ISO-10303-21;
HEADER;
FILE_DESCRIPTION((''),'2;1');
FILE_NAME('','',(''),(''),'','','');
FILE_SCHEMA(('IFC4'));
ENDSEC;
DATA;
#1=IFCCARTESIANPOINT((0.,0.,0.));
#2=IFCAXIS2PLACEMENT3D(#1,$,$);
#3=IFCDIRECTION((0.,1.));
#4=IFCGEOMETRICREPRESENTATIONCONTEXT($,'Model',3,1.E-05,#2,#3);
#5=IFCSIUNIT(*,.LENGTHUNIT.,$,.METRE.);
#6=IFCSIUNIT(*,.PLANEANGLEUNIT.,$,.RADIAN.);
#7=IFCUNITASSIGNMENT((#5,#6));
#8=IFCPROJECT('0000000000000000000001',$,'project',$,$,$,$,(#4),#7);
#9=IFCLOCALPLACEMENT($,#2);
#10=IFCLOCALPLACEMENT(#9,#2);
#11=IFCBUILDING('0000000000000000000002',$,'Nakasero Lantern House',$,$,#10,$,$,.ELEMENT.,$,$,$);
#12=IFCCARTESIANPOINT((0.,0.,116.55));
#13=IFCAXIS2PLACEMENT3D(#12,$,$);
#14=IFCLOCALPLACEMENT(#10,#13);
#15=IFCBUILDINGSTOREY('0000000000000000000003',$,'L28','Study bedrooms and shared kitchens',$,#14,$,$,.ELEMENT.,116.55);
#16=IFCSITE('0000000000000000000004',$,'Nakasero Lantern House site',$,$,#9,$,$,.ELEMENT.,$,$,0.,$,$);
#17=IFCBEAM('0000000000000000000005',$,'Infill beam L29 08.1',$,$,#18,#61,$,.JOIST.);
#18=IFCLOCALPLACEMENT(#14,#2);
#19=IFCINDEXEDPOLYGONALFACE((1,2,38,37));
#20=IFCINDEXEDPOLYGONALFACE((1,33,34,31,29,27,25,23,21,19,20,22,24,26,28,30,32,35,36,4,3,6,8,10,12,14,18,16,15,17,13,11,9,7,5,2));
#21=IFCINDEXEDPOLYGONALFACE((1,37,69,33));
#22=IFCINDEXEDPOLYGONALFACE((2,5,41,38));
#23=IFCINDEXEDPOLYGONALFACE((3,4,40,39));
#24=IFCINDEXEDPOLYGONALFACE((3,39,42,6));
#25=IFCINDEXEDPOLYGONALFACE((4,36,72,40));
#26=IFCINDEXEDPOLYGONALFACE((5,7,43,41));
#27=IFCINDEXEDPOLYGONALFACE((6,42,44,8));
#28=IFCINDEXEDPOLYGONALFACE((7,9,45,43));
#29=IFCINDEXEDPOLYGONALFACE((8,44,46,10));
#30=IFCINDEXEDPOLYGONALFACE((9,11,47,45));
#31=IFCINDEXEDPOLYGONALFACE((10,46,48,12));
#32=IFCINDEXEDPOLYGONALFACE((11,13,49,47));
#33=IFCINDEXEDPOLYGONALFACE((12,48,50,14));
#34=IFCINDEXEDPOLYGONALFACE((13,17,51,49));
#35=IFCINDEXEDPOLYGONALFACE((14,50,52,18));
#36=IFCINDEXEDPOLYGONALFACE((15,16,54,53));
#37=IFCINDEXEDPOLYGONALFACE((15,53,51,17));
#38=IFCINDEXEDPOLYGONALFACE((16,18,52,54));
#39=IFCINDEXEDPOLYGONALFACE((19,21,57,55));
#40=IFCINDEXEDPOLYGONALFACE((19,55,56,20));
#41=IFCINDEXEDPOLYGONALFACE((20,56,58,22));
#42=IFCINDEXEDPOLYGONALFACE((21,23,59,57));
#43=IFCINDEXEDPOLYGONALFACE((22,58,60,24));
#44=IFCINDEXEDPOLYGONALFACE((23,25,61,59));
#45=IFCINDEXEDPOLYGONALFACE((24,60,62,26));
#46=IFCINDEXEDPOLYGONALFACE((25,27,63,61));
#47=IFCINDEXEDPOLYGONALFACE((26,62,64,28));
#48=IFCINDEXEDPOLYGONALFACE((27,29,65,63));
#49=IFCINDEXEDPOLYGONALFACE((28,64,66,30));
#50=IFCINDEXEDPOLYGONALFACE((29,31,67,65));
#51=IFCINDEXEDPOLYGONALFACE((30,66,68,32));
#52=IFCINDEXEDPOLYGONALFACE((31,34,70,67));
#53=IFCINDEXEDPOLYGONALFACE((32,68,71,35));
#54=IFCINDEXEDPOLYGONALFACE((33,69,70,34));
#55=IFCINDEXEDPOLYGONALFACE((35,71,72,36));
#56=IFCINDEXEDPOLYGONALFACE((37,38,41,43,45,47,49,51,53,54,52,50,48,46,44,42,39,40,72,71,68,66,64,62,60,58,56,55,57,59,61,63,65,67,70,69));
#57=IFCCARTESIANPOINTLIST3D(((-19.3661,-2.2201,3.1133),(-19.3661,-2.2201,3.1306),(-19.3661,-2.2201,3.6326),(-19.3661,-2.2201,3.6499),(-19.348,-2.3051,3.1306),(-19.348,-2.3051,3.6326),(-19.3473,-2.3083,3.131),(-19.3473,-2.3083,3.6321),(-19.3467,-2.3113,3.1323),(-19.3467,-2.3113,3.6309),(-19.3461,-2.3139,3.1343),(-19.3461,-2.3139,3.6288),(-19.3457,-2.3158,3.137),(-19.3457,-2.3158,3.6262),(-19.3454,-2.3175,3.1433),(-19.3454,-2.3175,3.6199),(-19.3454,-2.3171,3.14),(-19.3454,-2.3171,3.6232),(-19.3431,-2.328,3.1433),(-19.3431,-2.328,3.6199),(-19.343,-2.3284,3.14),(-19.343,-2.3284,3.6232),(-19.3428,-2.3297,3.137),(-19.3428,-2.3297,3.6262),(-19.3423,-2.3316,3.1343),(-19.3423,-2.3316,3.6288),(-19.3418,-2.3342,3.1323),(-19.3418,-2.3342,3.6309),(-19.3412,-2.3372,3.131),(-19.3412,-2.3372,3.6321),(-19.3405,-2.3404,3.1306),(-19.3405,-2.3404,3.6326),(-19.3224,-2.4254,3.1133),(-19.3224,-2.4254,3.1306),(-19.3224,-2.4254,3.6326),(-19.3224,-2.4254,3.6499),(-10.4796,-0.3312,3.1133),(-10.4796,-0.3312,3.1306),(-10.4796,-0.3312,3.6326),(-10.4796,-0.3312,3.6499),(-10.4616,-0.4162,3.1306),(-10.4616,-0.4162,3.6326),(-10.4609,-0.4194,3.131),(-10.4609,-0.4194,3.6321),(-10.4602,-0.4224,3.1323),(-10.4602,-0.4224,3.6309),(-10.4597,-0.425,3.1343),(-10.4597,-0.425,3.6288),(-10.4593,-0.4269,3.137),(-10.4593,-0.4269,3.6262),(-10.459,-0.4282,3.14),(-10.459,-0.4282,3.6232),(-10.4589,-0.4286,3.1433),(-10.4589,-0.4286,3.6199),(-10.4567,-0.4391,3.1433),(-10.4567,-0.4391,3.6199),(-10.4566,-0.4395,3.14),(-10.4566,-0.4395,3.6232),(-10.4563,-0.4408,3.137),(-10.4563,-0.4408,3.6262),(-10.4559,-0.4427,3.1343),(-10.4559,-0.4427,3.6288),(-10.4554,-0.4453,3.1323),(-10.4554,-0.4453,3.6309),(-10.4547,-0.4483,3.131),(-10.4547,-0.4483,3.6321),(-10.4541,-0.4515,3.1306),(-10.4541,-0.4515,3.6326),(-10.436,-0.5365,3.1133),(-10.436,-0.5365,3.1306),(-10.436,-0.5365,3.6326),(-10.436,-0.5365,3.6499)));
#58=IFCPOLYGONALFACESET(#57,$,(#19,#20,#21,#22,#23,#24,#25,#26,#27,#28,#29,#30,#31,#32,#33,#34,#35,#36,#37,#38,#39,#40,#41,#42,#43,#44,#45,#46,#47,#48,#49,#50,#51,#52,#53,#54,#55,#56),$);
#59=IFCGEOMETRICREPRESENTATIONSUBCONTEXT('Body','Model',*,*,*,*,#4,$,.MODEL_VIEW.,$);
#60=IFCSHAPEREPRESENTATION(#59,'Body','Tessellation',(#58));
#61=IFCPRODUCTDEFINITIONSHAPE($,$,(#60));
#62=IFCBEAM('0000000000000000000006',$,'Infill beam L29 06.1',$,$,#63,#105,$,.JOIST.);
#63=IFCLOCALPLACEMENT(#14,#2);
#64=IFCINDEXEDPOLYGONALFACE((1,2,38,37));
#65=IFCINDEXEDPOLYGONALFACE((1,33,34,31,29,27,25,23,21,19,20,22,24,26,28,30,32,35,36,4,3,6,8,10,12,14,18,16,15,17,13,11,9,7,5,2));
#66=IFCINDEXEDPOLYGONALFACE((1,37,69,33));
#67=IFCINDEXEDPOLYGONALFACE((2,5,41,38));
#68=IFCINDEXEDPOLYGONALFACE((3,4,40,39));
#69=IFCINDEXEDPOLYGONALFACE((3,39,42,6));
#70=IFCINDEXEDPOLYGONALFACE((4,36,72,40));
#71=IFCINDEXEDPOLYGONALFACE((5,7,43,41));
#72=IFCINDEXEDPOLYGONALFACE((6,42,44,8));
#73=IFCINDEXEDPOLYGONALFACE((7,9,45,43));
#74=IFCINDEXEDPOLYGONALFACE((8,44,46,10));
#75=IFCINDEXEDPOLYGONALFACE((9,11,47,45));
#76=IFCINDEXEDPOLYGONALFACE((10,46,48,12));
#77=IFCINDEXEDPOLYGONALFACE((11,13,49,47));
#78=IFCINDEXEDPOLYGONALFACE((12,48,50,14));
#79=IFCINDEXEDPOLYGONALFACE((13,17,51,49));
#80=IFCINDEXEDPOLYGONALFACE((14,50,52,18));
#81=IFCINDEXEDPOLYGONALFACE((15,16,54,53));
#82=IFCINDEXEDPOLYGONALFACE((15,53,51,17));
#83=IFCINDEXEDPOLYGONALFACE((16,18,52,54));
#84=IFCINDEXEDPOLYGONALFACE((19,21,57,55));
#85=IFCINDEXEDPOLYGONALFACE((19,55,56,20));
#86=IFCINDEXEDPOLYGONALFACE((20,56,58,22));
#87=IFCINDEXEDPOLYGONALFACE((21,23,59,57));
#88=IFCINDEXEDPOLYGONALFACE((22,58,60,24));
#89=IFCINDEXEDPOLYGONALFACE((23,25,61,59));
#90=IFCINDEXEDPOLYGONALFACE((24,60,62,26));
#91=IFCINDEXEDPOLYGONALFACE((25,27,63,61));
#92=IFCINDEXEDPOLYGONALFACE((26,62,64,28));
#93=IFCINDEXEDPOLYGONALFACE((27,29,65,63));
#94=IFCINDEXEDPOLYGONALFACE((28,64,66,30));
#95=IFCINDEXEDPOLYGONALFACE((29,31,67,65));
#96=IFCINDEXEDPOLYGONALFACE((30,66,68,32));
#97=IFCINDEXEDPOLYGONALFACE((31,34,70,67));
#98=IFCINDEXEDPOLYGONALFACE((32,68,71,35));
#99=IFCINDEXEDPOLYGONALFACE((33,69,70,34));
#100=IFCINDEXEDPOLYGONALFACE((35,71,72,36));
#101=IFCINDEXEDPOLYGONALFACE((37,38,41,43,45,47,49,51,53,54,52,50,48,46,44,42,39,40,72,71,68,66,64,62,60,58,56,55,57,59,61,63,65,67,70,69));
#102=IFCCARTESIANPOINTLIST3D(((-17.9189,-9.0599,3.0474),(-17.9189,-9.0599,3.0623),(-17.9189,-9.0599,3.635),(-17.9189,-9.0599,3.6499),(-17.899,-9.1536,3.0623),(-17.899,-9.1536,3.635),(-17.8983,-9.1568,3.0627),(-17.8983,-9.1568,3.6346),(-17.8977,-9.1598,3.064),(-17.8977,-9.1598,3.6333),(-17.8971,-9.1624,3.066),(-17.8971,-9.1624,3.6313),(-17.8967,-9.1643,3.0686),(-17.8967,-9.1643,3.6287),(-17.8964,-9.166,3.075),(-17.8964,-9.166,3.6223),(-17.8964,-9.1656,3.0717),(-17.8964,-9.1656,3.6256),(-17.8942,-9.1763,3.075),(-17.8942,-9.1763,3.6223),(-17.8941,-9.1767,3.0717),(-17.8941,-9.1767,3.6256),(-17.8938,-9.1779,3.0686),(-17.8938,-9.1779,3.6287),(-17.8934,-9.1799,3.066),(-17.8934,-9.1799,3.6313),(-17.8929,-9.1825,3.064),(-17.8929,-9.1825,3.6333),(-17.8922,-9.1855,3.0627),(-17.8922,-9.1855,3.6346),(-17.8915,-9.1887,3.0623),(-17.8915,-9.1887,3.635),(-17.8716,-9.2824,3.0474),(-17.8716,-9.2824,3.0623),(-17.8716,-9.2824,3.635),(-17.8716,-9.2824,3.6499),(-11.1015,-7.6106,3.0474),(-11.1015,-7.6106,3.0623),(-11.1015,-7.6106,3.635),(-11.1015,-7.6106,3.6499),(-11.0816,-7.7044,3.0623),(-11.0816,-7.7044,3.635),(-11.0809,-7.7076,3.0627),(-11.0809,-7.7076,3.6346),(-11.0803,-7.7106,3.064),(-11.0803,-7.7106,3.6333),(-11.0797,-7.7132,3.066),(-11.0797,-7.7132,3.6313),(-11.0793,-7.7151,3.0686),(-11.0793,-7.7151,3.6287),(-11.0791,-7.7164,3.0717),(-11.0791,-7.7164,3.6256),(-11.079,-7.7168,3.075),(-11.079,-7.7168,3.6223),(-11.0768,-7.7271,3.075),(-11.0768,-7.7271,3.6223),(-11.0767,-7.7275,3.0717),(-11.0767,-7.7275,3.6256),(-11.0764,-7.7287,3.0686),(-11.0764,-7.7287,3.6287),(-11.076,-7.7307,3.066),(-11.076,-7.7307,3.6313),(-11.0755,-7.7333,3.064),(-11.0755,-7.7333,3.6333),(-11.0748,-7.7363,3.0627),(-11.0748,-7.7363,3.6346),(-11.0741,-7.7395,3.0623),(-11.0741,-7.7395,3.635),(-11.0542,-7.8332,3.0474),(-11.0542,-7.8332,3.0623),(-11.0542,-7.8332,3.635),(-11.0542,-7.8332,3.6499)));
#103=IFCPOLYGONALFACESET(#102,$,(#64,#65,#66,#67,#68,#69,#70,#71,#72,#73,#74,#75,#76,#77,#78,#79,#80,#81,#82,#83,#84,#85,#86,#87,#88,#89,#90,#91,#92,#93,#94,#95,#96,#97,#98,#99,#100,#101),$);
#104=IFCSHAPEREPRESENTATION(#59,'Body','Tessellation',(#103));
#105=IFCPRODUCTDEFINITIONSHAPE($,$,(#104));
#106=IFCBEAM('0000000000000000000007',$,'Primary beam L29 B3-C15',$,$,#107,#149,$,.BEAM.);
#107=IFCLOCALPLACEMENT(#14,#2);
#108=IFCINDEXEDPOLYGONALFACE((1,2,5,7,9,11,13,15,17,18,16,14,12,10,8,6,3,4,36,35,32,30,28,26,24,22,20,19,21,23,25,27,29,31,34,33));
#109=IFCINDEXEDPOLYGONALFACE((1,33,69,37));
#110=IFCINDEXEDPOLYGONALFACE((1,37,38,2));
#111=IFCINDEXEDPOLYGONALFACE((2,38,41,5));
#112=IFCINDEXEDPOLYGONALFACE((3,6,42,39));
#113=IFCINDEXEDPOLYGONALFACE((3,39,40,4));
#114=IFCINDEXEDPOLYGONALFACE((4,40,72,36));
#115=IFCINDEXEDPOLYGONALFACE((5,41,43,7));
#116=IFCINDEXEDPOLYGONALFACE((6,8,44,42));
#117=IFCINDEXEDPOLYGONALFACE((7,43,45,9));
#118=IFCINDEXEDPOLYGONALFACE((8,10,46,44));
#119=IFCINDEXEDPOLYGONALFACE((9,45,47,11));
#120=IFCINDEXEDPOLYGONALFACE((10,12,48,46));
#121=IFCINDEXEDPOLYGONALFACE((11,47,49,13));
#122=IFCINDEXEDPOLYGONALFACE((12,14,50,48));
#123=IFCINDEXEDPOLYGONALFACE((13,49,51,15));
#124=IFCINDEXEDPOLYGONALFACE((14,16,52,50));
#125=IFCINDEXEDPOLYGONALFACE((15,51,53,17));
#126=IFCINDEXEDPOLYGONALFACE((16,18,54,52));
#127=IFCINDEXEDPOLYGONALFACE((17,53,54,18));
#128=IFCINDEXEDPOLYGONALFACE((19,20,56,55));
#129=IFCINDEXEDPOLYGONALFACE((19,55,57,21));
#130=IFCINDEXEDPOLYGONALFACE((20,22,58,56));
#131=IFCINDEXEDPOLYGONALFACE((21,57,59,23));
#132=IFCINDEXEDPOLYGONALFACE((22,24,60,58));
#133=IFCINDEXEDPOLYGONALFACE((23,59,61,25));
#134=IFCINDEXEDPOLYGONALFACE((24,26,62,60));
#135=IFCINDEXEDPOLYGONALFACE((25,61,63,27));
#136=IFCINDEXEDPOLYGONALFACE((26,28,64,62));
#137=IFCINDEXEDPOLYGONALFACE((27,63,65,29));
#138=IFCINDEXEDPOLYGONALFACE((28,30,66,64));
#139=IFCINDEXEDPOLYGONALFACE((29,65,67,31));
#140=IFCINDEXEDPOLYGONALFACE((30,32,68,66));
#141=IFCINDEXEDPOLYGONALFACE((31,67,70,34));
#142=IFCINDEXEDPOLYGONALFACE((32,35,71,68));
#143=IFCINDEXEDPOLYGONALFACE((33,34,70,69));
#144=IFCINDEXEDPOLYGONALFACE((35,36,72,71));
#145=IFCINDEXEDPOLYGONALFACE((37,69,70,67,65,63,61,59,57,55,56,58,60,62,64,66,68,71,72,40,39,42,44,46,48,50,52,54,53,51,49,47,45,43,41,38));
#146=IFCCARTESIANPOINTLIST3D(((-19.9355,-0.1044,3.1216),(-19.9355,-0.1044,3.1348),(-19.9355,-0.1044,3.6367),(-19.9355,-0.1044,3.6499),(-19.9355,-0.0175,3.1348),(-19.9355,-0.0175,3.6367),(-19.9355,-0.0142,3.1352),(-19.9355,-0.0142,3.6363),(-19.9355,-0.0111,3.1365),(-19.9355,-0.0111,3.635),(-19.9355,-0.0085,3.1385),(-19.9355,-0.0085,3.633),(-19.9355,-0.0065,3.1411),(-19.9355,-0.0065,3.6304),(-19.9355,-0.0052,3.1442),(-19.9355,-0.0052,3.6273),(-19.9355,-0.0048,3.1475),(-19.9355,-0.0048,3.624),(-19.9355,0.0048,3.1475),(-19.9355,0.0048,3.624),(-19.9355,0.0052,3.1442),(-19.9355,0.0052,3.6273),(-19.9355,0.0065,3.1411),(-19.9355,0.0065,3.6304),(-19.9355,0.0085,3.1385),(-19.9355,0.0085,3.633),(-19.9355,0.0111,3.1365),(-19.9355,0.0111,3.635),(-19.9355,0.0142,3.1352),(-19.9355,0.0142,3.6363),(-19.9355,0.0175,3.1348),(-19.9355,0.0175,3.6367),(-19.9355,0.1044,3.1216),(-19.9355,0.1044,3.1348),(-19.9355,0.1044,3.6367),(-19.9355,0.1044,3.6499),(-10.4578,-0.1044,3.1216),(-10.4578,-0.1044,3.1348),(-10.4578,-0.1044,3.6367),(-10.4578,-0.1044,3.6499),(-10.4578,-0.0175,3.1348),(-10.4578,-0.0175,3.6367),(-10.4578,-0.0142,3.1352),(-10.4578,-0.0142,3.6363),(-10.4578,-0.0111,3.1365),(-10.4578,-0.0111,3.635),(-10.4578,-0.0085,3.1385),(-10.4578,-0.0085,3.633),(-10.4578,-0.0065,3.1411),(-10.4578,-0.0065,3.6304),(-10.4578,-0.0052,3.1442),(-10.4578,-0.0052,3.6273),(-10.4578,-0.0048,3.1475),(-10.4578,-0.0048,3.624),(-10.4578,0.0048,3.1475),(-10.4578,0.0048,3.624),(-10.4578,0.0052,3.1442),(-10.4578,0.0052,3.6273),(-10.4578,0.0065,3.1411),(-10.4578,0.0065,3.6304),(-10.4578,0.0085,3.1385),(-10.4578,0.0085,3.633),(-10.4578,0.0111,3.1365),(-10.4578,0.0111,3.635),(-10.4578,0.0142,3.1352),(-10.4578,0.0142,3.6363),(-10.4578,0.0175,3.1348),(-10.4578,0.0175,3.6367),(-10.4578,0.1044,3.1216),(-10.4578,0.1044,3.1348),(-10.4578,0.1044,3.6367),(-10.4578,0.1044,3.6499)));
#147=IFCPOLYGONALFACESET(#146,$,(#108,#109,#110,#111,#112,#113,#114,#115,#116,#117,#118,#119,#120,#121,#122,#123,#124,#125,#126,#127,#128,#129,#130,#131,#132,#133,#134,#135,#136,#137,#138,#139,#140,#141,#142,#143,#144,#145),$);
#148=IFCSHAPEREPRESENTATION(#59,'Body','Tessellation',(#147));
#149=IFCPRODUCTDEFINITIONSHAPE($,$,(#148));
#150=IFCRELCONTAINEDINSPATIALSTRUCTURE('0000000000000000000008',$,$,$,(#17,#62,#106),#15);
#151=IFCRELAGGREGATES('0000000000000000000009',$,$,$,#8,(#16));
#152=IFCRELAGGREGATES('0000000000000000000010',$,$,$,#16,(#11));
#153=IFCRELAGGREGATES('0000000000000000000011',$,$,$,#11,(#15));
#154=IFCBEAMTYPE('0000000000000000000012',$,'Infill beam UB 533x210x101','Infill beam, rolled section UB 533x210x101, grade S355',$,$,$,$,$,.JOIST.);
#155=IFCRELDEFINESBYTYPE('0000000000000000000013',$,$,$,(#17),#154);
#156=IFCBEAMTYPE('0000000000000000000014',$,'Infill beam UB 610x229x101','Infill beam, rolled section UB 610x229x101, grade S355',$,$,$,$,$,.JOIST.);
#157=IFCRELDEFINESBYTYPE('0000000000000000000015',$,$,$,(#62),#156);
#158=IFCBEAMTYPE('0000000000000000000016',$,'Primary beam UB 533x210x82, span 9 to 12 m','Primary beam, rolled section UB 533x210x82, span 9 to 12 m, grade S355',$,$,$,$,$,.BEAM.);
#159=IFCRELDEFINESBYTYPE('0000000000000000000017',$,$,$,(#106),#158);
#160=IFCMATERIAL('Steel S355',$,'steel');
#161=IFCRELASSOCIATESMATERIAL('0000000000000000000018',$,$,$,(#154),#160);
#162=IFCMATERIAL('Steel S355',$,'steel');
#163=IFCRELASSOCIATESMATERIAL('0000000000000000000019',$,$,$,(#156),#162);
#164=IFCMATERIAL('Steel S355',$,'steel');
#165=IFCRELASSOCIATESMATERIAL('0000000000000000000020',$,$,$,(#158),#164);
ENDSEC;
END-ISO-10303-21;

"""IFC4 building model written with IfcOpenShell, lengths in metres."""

from ifc_helpers import new_model, si_unit, direction, frame, origin, origin_2d, place, context, subcontext, project, spatial, i_section, extrude, material, material_profile, profile_set, type_object, element, save


model = new_model("IFC4")

# Units and contexts
model_context = context("Model", 3, precision=1e-05, world=origin(), true_north=direction((0.0, 1.0)))
body_context = subcontext(model_context, "Body", "Model", "MODEL_VIEW")
ifc_project = project(units=[si_unit("LENGTHUNIT", "METRE"), si_unit("PLANEANGLEUNIT", "RADIAN")], contexts=[model_context])

# Site, building, storey
site_placement = place(None, origin())
site = spatial("IfcSite", under=ifc_project, at=site_placement, Name="Nakasero Lantern House site", CompositionType="ELEMENT", RefElevation=0.0)
building_placement = place(site_placement, origin())
building = spatial("IfcBuilding", under=site, at=building_placement, Name="Nakasero Lantern House", CompositionType="ELEMENT")
storey_placement = place(building_placement, frame((0.0, 0.0, 116.55)))
storey = spatial("IfcBuildingStorey", under=building, at=storey_placement, Name="L28", Description="Study bedrooms and shared kitchens", CompositionType="ELEMENT", Elevation=116.55)

# Beams
ifc_material_1 = material(Name="Steel S355", Category="steel")
ifc_material_profile_1 = material_profile(ifc_material_1, i_section(OverallWidth=0.21, OverallDepth=0.5366, WebThickness=0.0107, FlangeThickness=0.0173, FilletRadius=0.0127, at=origin_2d()), Name="UB 533x210x101")
ifc_profile_set_1 = profile_set([ifc_material_profile_1], Name="Steel S355")
beam_type_1 = type_object("IfcBeamType", Name="Infill beam UB 533x210x101", Description="Infill beam, rolled section UB 533x210x101, grade S355", PredefinedType="JOIST", material=ifc_profile_set_1)
beam_1_placement = place(storey_placement, frame((-19.3442, -2.3228, 3.3816), z_axis=(0.978147, 0.207916, 0.0), x_axis=(-0.207916, 0.978147, 0.0)))
element("IfcBeam", 1, at=beam_1_placement, inside=storey, type_object=beam_type_1, Name="Infill beam L29 08.1", PredefinedType="JOIST", context=body_context, shape_type="SweptSolid", body=[
    extrude(i_section(OverallWidth=0.21, OverallDepth=0.5366, WebThickness=0.0107, FlangeThickness=0.0173, FilletRadius=0.0127, at=origin_2d()), origin(), (0.0, 0.0, 1.0), 9.085),
])
ifc_material_2 = material(Name="Steel S355", Category="steel")
ifc_material_profile_2 = material_profile(ifc_material_2, i_section(OverallWidth=0.2275, OverallDepth=0.6025, WebThickness=0.0105, FlangeThickness=0.0149, FilletRadius=0.0127, at=origin_2d()), Name="UB 610x229x101")
ifc_profile_set_2 = profile_set([ifc_material_profile_2], Name="Steel S355")
beam_type_2 = type_object("IfcBeamType", Name="Infill beam UB 610x229x101", Description="Infill beam, rolled section UB 610x229x101, grade S355", PredefinedType="JOIST", material=ifc_profile_set_2)
beam_2_placement = place(storey_placement, frame((-17.8953, -9.1711, 3.3486), z_axis=(0.978144, 0.207931, 0.0), x_axis=(-0.207931, 0.978144, 0.0)))
element("IfcBeam", 2, at=beam_2_placement, inside=storey, type_object=beam_type_2, Name="Infill beam L29 06.1", PredefinedType="JOIST", context=body_context, shape_type="SweptSolid", body=[
    extrude(i_section(OverallWidth=0.2275, OverallDepth=0.6025, WebThickness=0.0105, FlangeThickness=0.0149, FilletRadius=0.0127, at=origin_2d()), origin(), (0.0, 0.0, 1.0), 6.9697),
])
ifc_material_3 = material(Name="Steel S355", Category="steel")
ifc_material_profile_3 = material_profile(ifc_material_3, i_section(OverallWidth=0.2087, OverallDepth=0.5283, WebThickness=0.0095, FlangeThickness=0.0132, FilletRadius=0.0127, at=origin_2d()), Name="UB 533x210x82")
ifc_profile_set_3 = profile_set([ifc_material_profile_3], Name="Steel S355")
beam_type_3 = type_object("IfcBeamType", Name="Primary beam UB 533x210x82, span 9 to 12 m", Description="Primary beam, rolled section UB 533x210x82, span 9 to 12 m, grade S355", PredefinedType="BEAM", material=ifc_profile_set_3)
beam_3_placement = place(storey_placement, frame((-19.9355, 0.0, 3.3857), z_axis=(1.0, 0.0, 0.0), x_axis=(0.0, 1.0, 0.0)))
element("IfcBeam", 3, at=beam_3_placement, inside=storey, type_object=beam_type_3, Name="Primary beam L29 B3-C15", PredefinedType="BEAM", context=body_context, shape_type="SweptSolid", body=[
    extrude(i_section(OverallWidth=0.2087, OverallDepth=0.5283, WebThickness=0.0095, FlangeThickness=0.0132, FilletRadius=0.0127, at=origin_2d()), origin(), (0.0, 0.0, 1.0), 9.4778),
])

save(model, "model.ifc")
